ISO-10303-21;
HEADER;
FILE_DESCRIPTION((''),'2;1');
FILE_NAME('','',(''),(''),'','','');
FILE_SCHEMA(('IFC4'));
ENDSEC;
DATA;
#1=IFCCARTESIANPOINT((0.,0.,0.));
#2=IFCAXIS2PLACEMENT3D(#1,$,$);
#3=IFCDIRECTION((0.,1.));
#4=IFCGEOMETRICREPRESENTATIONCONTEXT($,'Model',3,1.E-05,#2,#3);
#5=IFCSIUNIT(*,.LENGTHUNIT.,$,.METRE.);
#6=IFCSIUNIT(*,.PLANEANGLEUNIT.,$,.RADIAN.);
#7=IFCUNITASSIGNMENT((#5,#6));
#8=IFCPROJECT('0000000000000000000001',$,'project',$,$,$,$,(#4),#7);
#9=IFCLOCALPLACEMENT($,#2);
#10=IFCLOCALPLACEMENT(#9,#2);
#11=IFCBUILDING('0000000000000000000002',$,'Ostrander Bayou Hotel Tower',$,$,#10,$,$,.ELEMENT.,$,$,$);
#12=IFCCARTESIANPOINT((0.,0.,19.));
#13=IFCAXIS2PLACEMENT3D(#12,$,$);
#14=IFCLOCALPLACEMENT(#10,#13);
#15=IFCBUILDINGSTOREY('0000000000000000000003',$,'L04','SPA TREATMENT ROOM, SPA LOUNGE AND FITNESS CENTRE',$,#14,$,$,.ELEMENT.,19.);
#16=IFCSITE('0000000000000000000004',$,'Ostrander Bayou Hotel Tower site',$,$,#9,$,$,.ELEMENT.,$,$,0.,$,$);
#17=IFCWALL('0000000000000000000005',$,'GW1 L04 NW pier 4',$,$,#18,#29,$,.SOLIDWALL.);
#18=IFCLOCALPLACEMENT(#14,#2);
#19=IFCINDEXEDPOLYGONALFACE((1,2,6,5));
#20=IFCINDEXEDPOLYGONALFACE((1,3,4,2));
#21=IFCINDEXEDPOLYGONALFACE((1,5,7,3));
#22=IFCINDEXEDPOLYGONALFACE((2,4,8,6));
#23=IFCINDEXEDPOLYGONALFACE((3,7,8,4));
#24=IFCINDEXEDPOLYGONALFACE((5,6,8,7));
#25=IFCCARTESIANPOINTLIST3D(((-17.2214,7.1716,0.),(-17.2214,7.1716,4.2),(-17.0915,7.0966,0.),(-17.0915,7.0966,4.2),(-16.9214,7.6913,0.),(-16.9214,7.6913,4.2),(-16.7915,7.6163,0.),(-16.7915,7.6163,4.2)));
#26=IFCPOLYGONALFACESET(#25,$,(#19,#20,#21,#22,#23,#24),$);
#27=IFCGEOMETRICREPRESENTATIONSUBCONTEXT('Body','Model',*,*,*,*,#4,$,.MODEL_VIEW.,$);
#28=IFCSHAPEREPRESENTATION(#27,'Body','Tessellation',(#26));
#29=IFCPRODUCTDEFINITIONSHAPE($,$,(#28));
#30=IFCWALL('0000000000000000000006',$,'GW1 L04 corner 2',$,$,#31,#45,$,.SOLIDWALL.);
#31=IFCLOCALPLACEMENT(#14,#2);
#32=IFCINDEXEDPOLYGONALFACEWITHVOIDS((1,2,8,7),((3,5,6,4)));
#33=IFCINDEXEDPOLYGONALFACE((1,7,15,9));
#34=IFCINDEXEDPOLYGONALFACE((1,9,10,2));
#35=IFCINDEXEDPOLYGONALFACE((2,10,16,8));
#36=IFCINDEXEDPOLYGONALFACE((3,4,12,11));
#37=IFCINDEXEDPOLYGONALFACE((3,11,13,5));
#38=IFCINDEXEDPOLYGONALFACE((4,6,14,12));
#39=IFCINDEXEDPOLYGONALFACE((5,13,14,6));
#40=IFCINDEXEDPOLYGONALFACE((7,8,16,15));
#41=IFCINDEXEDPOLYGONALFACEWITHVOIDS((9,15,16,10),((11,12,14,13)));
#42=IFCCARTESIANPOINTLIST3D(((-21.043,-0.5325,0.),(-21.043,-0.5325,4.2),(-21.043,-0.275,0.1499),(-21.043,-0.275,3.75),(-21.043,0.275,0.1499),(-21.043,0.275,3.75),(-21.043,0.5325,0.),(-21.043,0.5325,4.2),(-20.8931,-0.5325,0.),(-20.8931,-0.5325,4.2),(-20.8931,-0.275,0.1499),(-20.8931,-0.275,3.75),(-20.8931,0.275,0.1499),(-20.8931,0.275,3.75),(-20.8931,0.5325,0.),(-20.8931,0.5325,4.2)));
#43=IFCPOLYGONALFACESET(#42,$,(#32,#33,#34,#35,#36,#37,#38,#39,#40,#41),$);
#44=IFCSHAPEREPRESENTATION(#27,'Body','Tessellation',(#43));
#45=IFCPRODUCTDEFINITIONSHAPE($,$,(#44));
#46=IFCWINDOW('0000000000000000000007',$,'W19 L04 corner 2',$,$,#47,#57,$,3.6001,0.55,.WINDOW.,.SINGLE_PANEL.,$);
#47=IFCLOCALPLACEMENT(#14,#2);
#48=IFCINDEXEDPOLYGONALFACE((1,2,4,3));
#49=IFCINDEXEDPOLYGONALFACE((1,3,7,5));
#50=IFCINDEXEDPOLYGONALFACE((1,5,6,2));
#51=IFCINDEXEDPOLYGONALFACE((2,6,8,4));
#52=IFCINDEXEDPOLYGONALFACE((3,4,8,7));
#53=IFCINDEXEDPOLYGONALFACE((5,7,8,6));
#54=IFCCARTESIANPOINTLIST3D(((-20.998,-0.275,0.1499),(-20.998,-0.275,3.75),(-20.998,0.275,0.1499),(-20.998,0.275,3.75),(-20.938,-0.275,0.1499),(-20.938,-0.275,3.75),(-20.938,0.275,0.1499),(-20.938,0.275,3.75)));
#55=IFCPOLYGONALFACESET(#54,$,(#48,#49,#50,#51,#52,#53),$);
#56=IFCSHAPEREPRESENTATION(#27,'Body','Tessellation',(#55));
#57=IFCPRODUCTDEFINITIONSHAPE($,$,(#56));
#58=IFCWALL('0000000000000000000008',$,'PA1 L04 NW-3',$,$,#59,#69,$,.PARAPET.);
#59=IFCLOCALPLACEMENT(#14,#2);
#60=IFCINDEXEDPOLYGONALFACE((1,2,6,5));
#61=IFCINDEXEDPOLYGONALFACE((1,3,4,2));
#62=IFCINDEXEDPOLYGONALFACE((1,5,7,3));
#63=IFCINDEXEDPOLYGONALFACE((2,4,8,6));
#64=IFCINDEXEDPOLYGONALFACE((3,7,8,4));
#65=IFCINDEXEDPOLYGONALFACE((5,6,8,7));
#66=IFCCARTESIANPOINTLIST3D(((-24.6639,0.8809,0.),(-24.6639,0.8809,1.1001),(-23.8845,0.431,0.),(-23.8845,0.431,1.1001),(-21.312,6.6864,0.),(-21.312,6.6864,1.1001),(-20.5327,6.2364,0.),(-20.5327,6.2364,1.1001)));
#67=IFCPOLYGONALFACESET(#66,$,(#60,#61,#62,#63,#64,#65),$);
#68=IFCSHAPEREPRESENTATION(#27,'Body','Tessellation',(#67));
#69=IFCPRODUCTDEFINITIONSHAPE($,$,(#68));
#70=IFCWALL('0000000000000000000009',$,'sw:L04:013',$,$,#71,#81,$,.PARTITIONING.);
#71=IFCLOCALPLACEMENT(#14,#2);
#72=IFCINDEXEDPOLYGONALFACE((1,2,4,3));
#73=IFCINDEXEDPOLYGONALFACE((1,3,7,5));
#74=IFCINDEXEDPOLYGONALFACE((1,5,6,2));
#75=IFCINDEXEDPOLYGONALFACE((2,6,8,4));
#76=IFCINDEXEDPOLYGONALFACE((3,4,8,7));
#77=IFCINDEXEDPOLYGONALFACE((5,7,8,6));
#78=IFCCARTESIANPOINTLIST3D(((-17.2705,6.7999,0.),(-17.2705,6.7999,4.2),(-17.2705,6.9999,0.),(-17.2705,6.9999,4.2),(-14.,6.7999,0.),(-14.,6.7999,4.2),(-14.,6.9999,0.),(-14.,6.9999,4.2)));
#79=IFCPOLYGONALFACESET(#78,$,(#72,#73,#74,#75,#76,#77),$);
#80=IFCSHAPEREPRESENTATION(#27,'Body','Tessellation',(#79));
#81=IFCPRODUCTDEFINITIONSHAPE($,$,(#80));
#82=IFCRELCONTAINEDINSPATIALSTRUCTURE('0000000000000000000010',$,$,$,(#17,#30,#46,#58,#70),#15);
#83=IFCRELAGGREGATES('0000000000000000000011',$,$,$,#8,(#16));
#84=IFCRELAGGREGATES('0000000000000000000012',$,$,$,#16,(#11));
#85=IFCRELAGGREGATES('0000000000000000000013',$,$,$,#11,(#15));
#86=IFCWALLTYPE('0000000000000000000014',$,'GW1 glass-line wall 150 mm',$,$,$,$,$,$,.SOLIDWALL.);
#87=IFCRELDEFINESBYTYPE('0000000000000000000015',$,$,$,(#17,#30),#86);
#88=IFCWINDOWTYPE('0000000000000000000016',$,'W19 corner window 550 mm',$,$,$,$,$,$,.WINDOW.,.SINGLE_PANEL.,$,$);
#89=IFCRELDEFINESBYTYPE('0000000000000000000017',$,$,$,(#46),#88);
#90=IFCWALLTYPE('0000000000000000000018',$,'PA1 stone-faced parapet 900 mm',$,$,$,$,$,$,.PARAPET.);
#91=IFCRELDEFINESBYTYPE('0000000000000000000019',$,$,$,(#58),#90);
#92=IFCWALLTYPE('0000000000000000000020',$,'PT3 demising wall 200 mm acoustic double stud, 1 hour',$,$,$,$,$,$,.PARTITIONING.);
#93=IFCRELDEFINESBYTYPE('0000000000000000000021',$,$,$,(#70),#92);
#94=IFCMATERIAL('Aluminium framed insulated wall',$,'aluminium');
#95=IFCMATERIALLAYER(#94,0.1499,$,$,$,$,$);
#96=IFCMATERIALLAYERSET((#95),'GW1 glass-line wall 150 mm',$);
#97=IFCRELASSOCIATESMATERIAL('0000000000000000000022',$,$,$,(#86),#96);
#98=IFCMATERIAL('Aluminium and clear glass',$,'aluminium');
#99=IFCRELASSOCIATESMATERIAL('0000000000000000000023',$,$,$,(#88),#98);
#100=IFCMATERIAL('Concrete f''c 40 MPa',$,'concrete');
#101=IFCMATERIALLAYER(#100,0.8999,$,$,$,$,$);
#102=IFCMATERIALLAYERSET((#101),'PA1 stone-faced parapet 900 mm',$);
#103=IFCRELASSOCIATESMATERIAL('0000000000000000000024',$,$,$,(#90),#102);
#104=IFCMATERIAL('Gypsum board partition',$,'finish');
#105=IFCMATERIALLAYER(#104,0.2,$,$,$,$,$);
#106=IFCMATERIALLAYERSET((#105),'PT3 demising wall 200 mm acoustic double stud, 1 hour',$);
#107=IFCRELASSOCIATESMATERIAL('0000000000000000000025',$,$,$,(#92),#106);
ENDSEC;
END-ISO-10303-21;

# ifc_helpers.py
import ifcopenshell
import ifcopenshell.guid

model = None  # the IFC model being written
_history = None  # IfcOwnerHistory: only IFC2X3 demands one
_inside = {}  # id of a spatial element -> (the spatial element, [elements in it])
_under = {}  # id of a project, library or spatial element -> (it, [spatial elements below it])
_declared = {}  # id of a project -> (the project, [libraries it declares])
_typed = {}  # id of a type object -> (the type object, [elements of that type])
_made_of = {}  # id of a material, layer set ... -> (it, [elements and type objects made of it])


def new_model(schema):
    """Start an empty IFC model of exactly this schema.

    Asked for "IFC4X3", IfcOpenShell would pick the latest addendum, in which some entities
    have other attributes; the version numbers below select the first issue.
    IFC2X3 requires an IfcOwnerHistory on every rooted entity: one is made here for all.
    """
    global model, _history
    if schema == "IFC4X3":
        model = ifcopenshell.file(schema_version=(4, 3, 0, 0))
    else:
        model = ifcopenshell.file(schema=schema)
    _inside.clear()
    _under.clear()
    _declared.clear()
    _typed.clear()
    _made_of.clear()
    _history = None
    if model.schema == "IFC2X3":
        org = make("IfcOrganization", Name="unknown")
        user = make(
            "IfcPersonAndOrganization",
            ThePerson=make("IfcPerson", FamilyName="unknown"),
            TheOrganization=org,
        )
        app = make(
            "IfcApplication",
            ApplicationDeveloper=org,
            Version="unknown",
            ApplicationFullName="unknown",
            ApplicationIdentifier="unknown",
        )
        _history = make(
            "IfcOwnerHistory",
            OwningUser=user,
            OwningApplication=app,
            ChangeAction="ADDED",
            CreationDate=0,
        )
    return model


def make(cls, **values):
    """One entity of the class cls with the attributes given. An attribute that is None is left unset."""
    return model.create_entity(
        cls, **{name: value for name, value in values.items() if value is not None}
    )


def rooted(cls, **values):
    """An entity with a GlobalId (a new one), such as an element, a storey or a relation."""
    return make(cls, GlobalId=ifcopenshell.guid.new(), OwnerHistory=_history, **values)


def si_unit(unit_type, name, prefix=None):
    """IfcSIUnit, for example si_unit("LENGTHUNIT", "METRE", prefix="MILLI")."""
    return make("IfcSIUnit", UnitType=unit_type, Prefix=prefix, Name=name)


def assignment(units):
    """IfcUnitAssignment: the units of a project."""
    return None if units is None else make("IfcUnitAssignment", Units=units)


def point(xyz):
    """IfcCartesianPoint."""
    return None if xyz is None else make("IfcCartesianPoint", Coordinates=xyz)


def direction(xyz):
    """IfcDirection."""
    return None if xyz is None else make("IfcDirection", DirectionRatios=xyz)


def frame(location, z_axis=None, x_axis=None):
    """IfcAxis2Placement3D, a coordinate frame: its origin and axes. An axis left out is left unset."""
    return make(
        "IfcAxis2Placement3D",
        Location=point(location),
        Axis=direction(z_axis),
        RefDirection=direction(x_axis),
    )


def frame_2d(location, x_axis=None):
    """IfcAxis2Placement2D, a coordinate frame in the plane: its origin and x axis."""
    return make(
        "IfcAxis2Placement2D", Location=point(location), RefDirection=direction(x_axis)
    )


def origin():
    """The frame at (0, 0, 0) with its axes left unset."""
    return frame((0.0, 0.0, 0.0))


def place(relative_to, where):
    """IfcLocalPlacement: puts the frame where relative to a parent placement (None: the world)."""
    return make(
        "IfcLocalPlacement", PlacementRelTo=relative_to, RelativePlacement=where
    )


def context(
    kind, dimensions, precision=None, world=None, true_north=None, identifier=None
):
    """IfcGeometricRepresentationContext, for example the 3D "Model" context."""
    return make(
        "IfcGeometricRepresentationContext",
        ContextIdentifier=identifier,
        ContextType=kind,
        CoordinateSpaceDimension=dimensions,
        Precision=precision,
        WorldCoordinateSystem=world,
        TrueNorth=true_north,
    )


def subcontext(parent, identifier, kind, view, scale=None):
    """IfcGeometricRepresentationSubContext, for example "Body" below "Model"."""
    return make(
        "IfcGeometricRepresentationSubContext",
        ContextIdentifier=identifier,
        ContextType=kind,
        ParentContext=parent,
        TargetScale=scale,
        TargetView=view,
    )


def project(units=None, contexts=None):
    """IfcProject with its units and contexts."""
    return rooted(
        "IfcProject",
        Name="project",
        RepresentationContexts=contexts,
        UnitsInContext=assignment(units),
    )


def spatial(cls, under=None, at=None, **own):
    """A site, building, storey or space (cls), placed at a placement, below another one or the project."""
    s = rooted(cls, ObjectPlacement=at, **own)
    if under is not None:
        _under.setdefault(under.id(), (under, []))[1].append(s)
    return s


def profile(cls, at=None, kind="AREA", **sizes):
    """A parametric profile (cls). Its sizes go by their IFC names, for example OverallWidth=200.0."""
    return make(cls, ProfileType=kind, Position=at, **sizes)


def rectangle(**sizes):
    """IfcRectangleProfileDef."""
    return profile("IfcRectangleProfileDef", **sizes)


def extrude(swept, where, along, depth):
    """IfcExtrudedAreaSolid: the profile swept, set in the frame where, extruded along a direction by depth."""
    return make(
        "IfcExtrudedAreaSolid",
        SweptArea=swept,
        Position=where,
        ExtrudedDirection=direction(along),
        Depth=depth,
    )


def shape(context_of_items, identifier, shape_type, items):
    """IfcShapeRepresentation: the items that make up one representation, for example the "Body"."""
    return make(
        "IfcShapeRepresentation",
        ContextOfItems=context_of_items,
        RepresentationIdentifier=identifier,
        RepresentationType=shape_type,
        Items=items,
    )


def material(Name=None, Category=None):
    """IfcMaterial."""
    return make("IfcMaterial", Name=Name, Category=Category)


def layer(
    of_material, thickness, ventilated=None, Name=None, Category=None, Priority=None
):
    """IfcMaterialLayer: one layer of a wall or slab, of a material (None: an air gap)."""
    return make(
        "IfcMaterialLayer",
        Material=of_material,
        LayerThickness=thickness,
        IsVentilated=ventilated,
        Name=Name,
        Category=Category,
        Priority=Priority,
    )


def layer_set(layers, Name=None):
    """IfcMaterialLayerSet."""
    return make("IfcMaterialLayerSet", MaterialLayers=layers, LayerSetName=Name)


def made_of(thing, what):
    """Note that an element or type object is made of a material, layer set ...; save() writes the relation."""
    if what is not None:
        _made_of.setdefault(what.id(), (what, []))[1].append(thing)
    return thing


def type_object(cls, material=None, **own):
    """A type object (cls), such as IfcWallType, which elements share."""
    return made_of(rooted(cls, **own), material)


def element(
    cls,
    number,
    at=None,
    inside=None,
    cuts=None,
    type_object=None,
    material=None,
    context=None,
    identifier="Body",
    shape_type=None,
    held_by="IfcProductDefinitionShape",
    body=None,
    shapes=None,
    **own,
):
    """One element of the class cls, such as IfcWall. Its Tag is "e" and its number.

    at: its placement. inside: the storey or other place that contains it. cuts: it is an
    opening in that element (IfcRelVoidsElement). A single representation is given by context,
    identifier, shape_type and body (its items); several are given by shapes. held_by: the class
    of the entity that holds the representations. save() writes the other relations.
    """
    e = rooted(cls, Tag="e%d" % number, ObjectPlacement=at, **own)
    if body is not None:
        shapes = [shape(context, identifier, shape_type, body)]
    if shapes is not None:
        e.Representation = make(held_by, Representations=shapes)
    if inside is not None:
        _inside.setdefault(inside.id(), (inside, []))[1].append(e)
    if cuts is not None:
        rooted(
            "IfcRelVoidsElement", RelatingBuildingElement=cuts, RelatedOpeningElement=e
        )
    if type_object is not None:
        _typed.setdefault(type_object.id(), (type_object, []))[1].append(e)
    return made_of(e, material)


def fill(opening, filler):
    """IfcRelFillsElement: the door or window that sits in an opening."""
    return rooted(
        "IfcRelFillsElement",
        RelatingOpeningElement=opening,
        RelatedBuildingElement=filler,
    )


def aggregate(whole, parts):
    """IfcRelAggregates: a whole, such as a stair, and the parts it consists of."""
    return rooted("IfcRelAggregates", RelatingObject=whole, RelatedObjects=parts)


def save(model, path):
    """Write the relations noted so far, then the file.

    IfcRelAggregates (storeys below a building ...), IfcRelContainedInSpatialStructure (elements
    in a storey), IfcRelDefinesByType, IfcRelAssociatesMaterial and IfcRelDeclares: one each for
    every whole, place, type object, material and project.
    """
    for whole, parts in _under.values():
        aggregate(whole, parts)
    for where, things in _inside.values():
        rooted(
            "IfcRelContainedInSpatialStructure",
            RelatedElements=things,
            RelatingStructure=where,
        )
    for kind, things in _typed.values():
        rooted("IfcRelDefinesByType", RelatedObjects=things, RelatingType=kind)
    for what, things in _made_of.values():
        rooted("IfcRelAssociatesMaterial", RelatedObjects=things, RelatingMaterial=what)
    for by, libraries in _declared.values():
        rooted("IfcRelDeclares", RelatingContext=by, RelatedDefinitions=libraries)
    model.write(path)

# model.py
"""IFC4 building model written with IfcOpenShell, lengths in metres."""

from ifc_helpers import new_model, si_unit, direction, frame, frame_2d, origin, place, context, subcontext, project, spatial, rectangle, extrude, material, layer, layer_set, type_object, element, fill, save


model = new_model("IFC4")

# Units and contexts
model_context = context("Model", 3, precision=1e-05, world=origin(), true_north=direction((0.0, 1.0)))
body_context = subcontext(model_context, "Body", "Model", "MODEL_VIEW")
ifc_project = project(units=[si_unit("LENGTHUNIT", "METRE"), si_unit("PLANEANGLEUNIT", "RADIAN")], contexts=[model_context])

# Site, building, storey
site_placement = place(None, origin())
site = spatial("IfcSite", under=ifc_project, at=site_placement, Name="Ostrander Bayou Hotel Tower site", CompositionType="ELEMENT", RefElevation=0.0)
building_placement = place(site_placement, origin())
building = spatial("IfcBuilding", under=site, at=building_placement, Name="Ostrander Bayou Hotel Tower", CompositionType="ELEMENT")
storey_placement = place(building_placement, frame((0.0, 0.0, 19.0)))
storey = spatial("IfcBuildingStorey", under=building, at=storey_placement, Name="L04", Description="SPA TREATMENT ROOM, SPA LOUNGE AND FITNESS CENTRE", CompositionType="ELEMENT", Elevation=19.0)

# Wall
ifc_material_1 = material(Name="Aluminium framed insulated wall", Category="aluminium")
ifc_layer_1 = layer(ifc_material_1, 0.1499)
ifc_layer_set_1 = layer_set([ifc_layer_1], Name="GW1 glass-line wall 150 mm")
wall_type_1 = type_object("IfcWallType", Name="GW1 glass-line wall 150 mm", PredefinedType="SOLIDWALL", material=ifc_layer_set_1)
wall_1_placement = place(storey_placement, frame((-16.8564, 7.6538, 0.0), z_axis=(0.0, 0.0, 1.0), x_axis=(-0.499945, -0.866057, 0.0)))
element("IfcWall", 1, at=wall_1_placement, inside=storey, type_object=wall_type_1, Name="GW1 L04 NW pier 4", PredefinedType="SOLIDWALL", context=body_context, shape_type="SweptSolid", body=[
    extrude(rectangle(XDim=0.6001, YDim=0.1499, at=frame_2d((0.3, 0.0))), origin(), (0.0, 0.0, 1.0), 4.2),
])

# Wall, opening, window
wall_2_placement = place(storey_placement, frame((-20.968, 0.5325, 0.0), z_axis=(0.0, 0.0, 1.0), x_axis=(0.0, -1.0, 0.0)))
wall_2 = element("IfcWall", 2, at=wall_2_placement, inside=storey, type_object=wall_type_1, Name="GW1 L04 corner 2", PredefinedType="SOLIDWALL", context=body_context, shape_type="SweptSolid", body=[
    extrude(rectangle(XDim=1.0649, YDim=0.1499, at=frame_2d((0.5325, 0.0))), origin(), (0.0, 0.0, 1.0), 4.2),
])
opening_placement = place(wall_2_placement, frame((0.2576, 0.0, 0.1499)))
opening = element("IfcOpeningElement", 3, at=opening_placement, cuts=wall_2, PredefinedType="OPENING", context=body_context, shape_type="SweptSolid", body=[
    extrude(rectangle(XDim=0.55, YDim=3.6001, at=frame_2d((0.2749, 1.8))), frame((0.0, 0.075, 0.0), z_axis=(0.0, -1.0, 0.0), x_axis=(1.0, 0.0, 0.0)), (0.0, 0.0, 1.0), 0.1499),
])
ifc_material_2 = material(Name="Aluminium and clear glass", Category="aluminium")
window_type = type_object("IfcWindowType", Name="W19 corner window 550 mm", PartitioningType="SINGLE_PANEL", PredefinedType="WINDOW", material=ifc_material_2)
window_placement = place(opening_placement, origin())
window = element("IfcWindow", 4, at=window_placement, inside=storey, type_object=window_type, Name="W19 L04 corner 2", OverallHeight=3.6001, OverallWidth=0.55, PartitioningType="SINGLE_PANEL", PredefinedType="WINDOW", context=body_context, shape_type="SweptSolid", body=[
    extrude(rectangle(XDim=0.55, YDim=3.6001, at=frame_2d((0.2749, 1.8))), frame((0.0, 0.03, 0.0), z_axis=(0.0, -1.0, 0.0), x_axis=(1.0, 0.0, 0.0)), (0.0, 0.0, 1.0), 0.0601),
])
fill(opening, window)

# Walls
ifc_material_3 = material(Name="Concrete f'c 40 MPa", Category="concrete")
ifc_layer_2 = layer(ifc_material_3, 0.8999)
ifc_layer_set_2 = layer_set([ifc_layer_2], Name="PA1 stone-faced parapet 900 mm")
wall_type_2 = type_object("IfcWallType", Name="PA1 stone-faced parapet 900 mm", PredefinedType="PARAPET", material=ifc_layer_set_2)
wall_3_placement = place(storey_placement, frame((-20.9224, 6.4614, 0.0), z_axis=(0.0, 0.0, 1.0), x_axis=(-0.500005, -0.866022, 0.0)))
element("IfcWall", 5, at=wall_3_placement, inside=storey, type_object=wall_type_2, Name="PA1 L04 NW-3", PredefinedType="PARAPET", context=body_context, shape_type="SweptSolid", body=[
    extrude(rectangle(XDim=6.7036, YDim=0.8999, at=frame_2d((3.3518, 0.0))), origin(), (0.0, 0.0, 1.0), 1.1001),
])
ifc_material_4 = material(Name="Gypsum board partition", Category="finish")
ifc_layer_3 = layer(ifc_material_4, 0.2)
ifc_layer_set_3 = layer_set([ifc_layer_3], Name="PT3 demising wall 200 mm acoustic double stud, 1 hour")
wall_type_3 = type_object("IfcWallType", Name="PT3 demising wall 200 mm acoustic double stud, 1 hour", PredefinedType="PARTITIONING", material=ifc_layer_set_3)
wall_4_placement = place(storey_placement, frame((-17.2705, 6.8999, 0.0), z_axis=(0.0, 0.0, 1.0), x_axis=(1.0, 0.0, 0.0)))
element("IfcWall", 6, at=wall_4_placement, inside=storey, type_object=wall_type_3, Name="sw:L04:013", PredefinedType="PARTITIONING", context=body_context, shape_type="SweptSolid", body=[
    extrude(rectangle(XDim=3.2705, YDim=0.2, at=frame_2d((1.6353, 0.0))), origin(), (0.0, 0.0, 1.0), 4.2),
])

save(model, "model.ifc")
